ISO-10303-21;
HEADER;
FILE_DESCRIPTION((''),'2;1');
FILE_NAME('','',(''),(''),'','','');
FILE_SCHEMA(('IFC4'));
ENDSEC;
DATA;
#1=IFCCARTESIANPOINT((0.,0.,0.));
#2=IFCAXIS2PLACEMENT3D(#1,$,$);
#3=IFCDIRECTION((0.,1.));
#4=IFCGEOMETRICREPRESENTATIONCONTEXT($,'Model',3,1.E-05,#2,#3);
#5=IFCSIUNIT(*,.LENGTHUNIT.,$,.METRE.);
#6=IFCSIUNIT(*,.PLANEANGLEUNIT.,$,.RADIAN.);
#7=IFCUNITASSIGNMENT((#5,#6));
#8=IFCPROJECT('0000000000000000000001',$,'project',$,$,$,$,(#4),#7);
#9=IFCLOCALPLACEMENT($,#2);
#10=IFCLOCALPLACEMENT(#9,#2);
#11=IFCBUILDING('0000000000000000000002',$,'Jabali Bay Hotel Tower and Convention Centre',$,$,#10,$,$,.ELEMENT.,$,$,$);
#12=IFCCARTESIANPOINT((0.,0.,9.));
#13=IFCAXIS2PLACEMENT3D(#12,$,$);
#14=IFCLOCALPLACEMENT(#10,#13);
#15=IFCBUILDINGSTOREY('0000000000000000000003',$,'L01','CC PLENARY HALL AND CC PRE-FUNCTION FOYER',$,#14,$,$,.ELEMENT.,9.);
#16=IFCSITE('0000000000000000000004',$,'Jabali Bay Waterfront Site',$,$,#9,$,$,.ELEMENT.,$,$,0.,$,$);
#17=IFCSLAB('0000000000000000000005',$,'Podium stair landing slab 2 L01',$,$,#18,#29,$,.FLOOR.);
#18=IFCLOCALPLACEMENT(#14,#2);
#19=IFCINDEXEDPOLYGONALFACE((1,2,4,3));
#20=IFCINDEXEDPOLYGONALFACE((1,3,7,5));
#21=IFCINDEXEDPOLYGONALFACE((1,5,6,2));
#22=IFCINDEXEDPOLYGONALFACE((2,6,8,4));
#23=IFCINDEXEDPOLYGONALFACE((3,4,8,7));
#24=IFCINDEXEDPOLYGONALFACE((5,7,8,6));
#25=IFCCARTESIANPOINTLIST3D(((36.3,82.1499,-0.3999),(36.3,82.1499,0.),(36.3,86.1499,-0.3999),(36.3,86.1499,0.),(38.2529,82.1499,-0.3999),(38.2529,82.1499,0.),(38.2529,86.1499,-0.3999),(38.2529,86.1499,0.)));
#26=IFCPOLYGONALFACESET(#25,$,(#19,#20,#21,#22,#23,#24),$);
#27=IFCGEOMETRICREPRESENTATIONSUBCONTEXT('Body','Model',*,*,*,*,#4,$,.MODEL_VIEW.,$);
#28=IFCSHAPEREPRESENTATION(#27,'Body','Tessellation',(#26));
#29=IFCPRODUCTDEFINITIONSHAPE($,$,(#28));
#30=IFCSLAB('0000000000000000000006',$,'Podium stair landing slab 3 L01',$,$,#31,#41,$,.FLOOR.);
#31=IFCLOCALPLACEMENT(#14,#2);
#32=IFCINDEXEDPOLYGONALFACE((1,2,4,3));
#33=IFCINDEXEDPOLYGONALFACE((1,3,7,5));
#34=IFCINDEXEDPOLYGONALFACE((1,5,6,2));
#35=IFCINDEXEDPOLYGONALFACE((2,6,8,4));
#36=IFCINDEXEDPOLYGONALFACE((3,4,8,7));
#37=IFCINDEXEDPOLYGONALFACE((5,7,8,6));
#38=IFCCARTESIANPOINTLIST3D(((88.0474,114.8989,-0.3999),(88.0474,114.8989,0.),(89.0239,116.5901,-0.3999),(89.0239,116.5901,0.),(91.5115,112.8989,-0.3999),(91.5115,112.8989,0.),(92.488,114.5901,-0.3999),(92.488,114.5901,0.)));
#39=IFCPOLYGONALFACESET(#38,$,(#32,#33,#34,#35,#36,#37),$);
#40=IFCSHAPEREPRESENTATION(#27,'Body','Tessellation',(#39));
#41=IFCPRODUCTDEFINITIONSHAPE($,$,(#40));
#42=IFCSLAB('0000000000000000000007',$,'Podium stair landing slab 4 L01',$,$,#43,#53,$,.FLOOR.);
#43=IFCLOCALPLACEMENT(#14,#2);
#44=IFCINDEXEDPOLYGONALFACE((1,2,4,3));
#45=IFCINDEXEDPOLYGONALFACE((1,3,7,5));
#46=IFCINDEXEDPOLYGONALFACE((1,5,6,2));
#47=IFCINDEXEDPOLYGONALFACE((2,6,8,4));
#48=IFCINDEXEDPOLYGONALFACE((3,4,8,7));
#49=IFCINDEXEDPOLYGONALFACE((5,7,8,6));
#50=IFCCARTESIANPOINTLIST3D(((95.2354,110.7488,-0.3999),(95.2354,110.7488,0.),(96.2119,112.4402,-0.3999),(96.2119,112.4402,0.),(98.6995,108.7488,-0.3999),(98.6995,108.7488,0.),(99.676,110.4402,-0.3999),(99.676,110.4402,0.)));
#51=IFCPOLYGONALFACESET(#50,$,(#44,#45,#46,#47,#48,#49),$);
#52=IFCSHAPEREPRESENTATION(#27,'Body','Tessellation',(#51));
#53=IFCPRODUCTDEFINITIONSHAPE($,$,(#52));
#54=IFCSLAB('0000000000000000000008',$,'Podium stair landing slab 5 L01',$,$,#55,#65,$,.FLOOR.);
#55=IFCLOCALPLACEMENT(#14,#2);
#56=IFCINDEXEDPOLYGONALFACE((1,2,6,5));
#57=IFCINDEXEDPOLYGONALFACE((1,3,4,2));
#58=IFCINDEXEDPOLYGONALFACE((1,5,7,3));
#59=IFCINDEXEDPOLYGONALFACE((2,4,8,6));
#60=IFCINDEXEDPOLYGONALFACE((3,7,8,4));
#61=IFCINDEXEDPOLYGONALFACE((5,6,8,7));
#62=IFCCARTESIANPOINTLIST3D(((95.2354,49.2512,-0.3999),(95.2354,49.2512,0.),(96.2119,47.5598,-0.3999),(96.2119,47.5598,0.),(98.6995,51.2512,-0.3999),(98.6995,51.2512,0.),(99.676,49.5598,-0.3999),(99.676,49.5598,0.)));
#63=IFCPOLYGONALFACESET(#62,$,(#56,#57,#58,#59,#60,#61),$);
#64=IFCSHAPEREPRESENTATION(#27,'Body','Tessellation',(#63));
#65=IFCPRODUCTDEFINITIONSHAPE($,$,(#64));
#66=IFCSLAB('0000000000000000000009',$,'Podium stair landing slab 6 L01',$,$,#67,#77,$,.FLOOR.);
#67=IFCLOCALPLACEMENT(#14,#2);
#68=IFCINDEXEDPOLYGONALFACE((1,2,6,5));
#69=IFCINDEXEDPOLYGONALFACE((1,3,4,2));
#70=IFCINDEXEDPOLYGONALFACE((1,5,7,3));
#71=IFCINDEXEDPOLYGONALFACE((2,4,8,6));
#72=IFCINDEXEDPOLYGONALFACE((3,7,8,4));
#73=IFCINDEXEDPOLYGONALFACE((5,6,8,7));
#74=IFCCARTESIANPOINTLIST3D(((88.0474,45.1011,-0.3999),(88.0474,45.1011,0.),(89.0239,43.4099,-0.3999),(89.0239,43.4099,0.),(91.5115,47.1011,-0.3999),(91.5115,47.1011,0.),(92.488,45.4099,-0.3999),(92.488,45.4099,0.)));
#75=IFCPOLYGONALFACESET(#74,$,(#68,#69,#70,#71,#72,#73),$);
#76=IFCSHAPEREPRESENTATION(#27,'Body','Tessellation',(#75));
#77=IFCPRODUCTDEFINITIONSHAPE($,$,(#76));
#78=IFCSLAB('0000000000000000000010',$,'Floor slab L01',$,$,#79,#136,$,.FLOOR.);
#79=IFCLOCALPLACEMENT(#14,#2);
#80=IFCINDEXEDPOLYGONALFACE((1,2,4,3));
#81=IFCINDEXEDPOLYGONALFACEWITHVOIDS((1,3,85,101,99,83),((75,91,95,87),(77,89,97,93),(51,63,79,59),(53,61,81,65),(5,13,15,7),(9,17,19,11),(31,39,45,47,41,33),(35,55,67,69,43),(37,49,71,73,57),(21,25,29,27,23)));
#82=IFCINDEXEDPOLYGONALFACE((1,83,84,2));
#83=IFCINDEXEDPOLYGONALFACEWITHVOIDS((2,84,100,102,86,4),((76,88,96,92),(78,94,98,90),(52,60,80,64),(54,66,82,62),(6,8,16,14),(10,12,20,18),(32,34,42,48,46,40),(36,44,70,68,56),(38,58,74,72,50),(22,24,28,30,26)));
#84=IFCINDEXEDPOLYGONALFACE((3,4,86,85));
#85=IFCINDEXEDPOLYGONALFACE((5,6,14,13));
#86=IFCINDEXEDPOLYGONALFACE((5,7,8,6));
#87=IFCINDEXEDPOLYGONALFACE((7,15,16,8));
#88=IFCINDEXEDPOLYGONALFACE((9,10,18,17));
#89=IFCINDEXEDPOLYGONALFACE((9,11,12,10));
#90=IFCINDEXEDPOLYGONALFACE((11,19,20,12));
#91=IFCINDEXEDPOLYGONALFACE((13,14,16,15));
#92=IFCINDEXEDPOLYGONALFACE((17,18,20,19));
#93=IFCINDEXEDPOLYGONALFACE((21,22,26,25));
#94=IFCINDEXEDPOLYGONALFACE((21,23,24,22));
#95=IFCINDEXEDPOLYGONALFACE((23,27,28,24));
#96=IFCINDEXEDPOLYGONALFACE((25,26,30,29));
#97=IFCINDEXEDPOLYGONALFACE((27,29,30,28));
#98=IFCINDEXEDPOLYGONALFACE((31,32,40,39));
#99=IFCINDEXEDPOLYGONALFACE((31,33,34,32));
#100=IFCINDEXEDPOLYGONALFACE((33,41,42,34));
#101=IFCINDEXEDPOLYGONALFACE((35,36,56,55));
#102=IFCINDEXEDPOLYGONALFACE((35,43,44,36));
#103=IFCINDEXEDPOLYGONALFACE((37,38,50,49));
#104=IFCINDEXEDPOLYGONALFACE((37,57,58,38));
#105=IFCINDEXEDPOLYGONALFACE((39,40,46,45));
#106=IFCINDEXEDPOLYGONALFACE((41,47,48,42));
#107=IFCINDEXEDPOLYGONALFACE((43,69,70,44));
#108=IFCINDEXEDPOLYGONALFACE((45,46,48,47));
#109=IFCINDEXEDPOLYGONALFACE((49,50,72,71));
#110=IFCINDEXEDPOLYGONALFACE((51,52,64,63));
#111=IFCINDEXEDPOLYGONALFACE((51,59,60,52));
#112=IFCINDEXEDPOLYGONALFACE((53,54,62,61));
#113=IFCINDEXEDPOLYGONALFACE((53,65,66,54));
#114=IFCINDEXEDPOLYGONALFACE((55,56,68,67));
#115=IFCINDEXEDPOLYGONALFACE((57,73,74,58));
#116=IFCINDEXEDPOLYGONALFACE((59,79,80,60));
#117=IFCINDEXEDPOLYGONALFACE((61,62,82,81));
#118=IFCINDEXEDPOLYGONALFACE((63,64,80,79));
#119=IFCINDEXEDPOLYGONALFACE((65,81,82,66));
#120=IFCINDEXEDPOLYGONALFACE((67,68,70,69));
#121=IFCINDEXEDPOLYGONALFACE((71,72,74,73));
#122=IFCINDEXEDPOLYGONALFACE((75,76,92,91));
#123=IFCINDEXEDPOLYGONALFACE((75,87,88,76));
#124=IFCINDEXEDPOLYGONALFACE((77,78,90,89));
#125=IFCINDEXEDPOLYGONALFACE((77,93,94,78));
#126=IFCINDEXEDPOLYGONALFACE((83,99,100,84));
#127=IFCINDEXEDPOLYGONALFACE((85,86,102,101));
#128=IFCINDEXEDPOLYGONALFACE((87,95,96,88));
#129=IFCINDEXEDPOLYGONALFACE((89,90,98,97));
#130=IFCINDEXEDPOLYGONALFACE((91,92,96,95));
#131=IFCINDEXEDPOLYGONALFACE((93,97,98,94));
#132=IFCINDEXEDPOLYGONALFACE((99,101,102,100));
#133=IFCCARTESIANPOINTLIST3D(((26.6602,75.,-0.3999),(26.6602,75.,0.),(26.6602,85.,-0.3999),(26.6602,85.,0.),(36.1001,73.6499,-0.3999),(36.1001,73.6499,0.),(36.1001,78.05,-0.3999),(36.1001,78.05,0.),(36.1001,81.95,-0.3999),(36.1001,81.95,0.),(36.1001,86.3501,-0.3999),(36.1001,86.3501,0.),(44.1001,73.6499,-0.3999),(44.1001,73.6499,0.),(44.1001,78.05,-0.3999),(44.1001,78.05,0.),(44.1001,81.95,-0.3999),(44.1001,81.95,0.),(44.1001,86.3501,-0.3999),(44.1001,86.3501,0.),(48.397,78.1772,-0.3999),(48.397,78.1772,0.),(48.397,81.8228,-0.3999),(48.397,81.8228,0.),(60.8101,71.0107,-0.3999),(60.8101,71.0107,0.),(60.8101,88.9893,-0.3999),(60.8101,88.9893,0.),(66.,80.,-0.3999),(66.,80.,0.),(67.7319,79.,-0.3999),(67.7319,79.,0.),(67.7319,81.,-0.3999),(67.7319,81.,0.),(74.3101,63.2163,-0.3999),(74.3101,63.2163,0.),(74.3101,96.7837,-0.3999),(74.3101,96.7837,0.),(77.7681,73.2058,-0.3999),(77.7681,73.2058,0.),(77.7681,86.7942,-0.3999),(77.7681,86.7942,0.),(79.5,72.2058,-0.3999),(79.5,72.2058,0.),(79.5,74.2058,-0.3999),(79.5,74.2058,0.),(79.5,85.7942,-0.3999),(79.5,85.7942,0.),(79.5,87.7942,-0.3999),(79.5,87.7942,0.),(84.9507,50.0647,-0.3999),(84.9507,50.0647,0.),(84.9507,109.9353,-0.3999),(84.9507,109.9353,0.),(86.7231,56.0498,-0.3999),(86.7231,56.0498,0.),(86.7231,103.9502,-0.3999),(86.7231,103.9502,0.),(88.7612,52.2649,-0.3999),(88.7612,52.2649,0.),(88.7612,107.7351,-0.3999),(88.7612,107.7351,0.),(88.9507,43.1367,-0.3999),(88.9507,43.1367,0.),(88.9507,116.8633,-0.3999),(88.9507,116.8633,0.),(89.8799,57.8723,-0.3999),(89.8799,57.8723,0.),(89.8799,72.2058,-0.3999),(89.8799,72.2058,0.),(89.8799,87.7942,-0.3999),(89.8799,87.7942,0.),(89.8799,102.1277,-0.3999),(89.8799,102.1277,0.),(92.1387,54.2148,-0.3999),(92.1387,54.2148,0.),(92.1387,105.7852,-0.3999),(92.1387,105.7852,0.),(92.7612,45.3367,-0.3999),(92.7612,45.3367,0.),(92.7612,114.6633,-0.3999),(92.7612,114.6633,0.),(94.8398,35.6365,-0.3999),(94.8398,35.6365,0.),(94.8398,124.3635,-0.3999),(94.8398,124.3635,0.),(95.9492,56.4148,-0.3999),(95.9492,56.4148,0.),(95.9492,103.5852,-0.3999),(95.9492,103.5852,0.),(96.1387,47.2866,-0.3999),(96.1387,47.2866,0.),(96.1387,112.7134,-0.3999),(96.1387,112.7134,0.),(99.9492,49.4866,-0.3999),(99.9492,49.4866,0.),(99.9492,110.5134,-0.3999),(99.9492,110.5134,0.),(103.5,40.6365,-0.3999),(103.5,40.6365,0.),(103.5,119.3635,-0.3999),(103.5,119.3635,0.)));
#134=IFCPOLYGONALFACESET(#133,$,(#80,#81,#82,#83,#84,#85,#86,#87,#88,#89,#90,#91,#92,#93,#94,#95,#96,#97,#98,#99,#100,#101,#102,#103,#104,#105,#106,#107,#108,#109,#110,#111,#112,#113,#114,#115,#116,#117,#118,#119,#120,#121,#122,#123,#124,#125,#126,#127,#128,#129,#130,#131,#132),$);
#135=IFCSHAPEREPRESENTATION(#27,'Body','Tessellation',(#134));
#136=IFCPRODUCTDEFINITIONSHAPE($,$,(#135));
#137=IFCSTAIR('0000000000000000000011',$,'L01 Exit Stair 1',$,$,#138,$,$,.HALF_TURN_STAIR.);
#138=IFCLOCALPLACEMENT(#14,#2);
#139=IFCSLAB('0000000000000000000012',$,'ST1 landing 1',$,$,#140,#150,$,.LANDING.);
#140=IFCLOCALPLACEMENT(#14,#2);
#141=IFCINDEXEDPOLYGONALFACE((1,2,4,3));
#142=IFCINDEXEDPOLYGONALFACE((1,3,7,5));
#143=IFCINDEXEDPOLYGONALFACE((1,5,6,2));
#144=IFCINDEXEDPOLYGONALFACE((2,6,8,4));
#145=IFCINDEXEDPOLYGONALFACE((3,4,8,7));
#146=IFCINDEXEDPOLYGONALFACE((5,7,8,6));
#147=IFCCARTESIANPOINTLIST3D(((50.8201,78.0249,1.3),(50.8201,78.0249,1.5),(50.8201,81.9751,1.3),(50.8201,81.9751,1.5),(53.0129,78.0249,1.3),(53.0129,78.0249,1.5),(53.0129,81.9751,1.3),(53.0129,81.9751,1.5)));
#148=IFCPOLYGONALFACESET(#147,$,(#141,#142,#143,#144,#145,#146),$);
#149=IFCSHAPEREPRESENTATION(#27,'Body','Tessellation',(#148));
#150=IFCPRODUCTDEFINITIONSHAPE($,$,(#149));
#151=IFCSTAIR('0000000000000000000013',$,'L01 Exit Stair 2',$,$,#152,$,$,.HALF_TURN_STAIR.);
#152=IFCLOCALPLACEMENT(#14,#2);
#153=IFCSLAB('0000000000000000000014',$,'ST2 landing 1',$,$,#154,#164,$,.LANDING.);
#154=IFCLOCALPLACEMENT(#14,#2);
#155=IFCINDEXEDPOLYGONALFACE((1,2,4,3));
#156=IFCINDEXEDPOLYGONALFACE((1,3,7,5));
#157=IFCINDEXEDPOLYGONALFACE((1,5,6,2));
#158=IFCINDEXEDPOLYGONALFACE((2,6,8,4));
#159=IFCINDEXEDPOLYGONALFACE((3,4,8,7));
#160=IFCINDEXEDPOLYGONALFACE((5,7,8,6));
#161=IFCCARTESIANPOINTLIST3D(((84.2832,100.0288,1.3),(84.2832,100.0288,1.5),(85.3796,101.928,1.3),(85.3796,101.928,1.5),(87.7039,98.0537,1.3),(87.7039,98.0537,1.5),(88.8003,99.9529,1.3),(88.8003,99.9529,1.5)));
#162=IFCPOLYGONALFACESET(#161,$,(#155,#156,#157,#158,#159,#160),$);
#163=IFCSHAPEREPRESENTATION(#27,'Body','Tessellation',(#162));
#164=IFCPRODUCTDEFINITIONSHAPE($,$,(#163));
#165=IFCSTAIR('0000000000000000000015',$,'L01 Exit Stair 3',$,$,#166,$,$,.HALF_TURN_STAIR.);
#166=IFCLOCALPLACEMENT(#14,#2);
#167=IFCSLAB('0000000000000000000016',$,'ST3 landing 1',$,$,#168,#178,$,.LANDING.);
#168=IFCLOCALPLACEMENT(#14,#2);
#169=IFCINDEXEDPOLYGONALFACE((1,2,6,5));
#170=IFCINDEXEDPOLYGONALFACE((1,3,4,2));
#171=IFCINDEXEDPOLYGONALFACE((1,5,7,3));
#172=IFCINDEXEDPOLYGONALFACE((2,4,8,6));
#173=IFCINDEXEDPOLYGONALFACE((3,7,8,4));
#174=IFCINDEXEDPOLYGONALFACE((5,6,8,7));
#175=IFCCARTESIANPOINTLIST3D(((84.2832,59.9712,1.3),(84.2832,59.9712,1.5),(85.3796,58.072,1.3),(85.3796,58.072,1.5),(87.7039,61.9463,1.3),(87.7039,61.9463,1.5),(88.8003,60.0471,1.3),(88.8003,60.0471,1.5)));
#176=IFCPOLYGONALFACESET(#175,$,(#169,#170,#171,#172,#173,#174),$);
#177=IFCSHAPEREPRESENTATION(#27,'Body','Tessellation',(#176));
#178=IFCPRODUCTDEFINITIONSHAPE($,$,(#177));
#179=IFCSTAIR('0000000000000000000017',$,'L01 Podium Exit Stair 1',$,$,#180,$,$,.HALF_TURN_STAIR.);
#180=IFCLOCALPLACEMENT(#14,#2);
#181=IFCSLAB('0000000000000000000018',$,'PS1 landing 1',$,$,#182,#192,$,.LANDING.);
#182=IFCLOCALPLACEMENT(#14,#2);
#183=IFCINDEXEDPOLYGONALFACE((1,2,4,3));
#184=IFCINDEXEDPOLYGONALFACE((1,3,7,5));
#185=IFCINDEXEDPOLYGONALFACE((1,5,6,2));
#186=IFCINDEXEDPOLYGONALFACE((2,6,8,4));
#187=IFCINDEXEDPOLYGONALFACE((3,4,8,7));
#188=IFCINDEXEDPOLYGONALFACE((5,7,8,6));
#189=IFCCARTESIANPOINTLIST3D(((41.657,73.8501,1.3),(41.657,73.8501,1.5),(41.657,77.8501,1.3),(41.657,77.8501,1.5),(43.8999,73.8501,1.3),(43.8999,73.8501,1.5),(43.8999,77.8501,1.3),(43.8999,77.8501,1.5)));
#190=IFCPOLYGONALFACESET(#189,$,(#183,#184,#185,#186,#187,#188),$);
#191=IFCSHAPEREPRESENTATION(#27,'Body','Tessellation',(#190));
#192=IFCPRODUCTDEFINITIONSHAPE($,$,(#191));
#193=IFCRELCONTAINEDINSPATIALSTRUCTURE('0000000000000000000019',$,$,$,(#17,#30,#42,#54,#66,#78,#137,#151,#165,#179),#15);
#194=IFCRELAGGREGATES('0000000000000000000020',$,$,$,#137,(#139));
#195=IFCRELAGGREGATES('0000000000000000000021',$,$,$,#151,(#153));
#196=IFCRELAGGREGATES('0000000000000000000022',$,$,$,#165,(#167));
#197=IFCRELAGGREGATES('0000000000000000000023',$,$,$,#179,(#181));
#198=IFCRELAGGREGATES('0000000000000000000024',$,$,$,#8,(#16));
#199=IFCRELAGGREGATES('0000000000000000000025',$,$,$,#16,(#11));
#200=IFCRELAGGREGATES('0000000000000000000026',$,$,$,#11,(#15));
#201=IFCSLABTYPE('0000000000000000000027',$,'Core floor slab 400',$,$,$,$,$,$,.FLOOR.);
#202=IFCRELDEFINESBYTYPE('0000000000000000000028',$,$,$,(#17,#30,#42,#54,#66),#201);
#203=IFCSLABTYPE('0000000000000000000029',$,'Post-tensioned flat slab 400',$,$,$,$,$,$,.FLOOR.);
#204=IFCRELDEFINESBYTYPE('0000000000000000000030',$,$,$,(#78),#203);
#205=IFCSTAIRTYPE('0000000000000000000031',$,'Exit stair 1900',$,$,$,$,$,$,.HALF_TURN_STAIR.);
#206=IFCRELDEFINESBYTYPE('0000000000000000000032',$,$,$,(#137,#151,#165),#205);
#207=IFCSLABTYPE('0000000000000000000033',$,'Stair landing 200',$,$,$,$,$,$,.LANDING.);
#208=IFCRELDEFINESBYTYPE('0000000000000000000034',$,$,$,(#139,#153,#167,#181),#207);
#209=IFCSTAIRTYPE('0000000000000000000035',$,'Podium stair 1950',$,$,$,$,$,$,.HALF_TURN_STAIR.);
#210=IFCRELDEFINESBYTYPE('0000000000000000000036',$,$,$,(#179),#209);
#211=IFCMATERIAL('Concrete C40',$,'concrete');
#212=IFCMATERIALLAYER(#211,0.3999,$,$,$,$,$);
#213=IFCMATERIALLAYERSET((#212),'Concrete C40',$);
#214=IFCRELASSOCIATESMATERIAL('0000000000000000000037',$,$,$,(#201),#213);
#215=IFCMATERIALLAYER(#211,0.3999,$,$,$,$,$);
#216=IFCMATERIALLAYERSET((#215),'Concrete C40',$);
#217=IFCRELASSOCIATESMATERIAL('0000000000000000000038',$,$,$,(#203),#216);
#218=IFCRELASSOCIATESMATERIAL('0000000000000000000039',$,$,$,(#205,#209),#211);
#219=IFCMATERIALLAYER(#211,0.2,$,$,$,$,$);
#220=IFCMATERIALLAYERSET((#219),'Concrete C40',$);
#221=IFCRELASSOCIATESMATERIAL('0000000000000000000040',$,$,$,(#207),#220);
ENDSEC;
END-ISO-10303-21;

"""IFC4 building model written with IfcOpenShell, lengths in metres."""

from ifc_helpers import new_model, si_unit, direction, frame, origin, place, context, subcontext, project, spatial, polyline, outline, extrude, material, layer, layer_set, type_object, element, aggregate, save


model = new_model("IFC4")

# Units and contexts
model_context = context("Model", 3, precision=1e-05, world=origin(), true_north=direction((0.0, 1.0)))
body_context = subcontext(model_context, "Body", "Model", "MODEL_VIEW")
ifc_project = project(units=[si_unit("LENGTHUNIT", "METRE"), si_unit("PLANEANGLEUNIT", "RADIAN")], contexts=[model_context])

# Site, building, storey
site_placement = place(None, origin())
site = spatial("IfcSite", under=ifc_project, at=site_placement, Name="Jabali Bay Waterfront Site", CompositionType="ELEMENT", RefElevation=0.0)
building_placement = place(site_placement, origin())
building = spatial("IfcBuilding", under=site, at=building_placement, Name="Jabali Bay Hotel Tower and Convention Centre", CompositionType="ELEMENT")
storey_placement = place(building_placement, frame((0.0, 0.0, 9.0)))
storey = spatial("IfcBuildingStorey", under=building, at=storey_placement, Name="L01", Description="CC PLENARY HALL AND CC PRE-FUNCTION FOYER", CompositionType="ELEMENT", Elevation=9.0)

# Shared definitions
ifc_material = material(Name="Concrete C40", Category="concrete")

# Slabs
ifc_layer_1 = layer(ifc_material, 0.3999)
ifc_layer_set_1 = layer_set([ifc_layer_1], Name="Concrete C40")
slab_type_1 = type_object("IfcSlabType", Name="Core floor slab 400", PredefinedType="FLOOR", material=ifc_layer_set_1)
slab_1_placement = place(storey_placement, frame((0.0, 0.0, -0.3999)))
element("IfcSlab", 1, at=slab_1_placement, inside=storey, type_object=slab_type_1, Name="Podium stair landing slab 2 L01", PredefinedType="FLOOR", context=body_context, shape_type="SweptSolid", body=[
    extrude(outline(polyline([(36.3, 82.1499), (38.2529, 82.1499), (38.2529, 86.1499), (36.3, 86.1499), (36.3, 82.1499)])), origin(), (0.0, 0.0, 1.0), 0.3999),
])
slab_2_placement = place(storey_placement, frame((0.0, 0.0, -0.3999)))
element("IfcSlab", 2, at=slab_2_placement, inside=storey, type_object=slab_type_1, Name="Podium stair landing slab 3 L01", PredefinedType="FLOOR", context=body_context, shape_type="SweptSolid", body=[
    extrude(outline(polyline([(89.0239, 116.5901), (88.0474, 114.8989), (91.5115, 112.8989), (92.488, 114.5901), (89.0239, 116.5901)])), origin(), (0.0, 0.0, 1.0), 0.3999),
])
slab_3_placement = place(storey_placement, frame((0.0, 0.0, -0.3999)))
element("IfcSlab", 3, at=slab_3_placement, inside=storey, type_object=slab_type_1, Name="Podium stair landing slab 4 L01", PredefinedType="FLOOR", context=body_context, shape_type="SweptSolid", body=[
    extrude(outline(polyline([(96.2119, 112.4402), (95.2354, 110.7488), (98.6995, 108.7488), (99.676, 110.4402), (96.2119, 112.4402)])), origin(), (0.0, 0.0, 1.0), 0.3999),
])
slab_4_placement = place(storey_placement, frame((0.0, 0.0, -0.3999)))
element("IfcSlab", 4, at=slab_4_placement, inside=storey, type_object=slab_type_1, Name="Podium stair landing slab 5 L01", PredefinedType="FLOOR", context=body_context, shape_type="SweptSolid", body=[
    extrude(outline(polyline([(99.676, 49.5598), (98.6995, 51.2512), (95.2354, 49.2512), (96.2119, 47.5598), (99.676, 49.5598)])), origin(), (0.0, 0.0, 1.0), 0.3999),
])
slab_5_placement = place(storey_placement, frame((0.0, 0.0, -0.3999)))
element("IfcSlab", 5, at=slab_5_placement, inside=storey, type_object=slab_type_1, Name="Podium stair landing slab 6 L01", PredefinedType="FLOOR", context=body_context, shape_type="SweptSolid", body=[
    extrude(outline(polyline([(92.488, 45.4099), (91.5115, 47.1011), (88.0474, 45.1011), (89.0239, 43.4099), (92.488, 45.4099)])), origin(), (0.0, 0.0, 1.0), 0.3999),
])
ifc_layer_2 = layer(ifc_material, 0.3999)
ifc_layer_set_2 = layer_set([ifc_layer_2], Name="Concrete C40")
slab_type_2 = type_object("IfcSlabType", Name="Post-tensioned flat slab 400", PredefinedType="FLOOR", material=ifc_layer_set_2)
slab_6_placement = place(storey_placement, frame((0.0, 0.0, -0.3999)))
element("IfcSlab", 6, at=slab_6_placement, inside=storey, type_object=slab_type_2, Name="Floor slab L01", PredefinedType="FLOOR", context=body_context, shape_type="SweptSolid", body=[
    extrude(outline(polyline([(94.8398, 124.3635), (103.5, 119.3635), (103.5, 40.6365), (94.8398, 35.6365), (26.6602, 75.0), (26.6602, 85.0), (94.8398, 124.3635)]), holes=[polyline([(67.7319, 79.0), (77.7681, 73.2058), (79.5, 74.2058), (79.5, 85.7942), (77.7681, 86.7942), (67.7319, 81.0), (67.7319, 79.0)]), polyline([(60.8101, 71.0107), (66.0, 80.0), (60.8101, 88.9893), (48.397, 81.8228), (48.397, 78.1772), (60.8101, 71.0107)]), polyline([(86.7231, 103.9502), (74.3101, 96.7837), (79.5, 87.7942), (89.8799, 87.7942), (89.8799, 102.1277), (86.7231, 103.9502)]), polyline([(86.7231, 56.0498), (89.8799, 57.8723), (89.8799, 72.2058), (79.5, 72.2058), (74.3101, 63.2163), (86.7231, 56.0498)]), polyline([(44.1001, 73.6499), (44.1001, 78.05), (36.1001, 78.05), (36.1001, 73.6499), (44.1001, 73.6499)]), polyline([(36.1001, 81.95), (44.1001, 81.95), (44.1001, 86.3501), (36.1001, 86.3501), (36.1001, 81.95)]), polyline([(92.7612, 114.6633), (88.9507, 116.8633), (84.9507, 109.9353), (88.7612, 107.7351), (92.7612, 114.6633)]), polyline([(95.9492, 103.5852), (99.9492, 110.5134), (96.1387, 112.7134), (92.1387, 105.7852), (95.9492, 103.5852)]), polyline([(95.9492, 56.4148), (92.1387, 54.2148), (96.1387, 47.2866), (99.9492, 49.4866), (95.9492, 56.4148)]), polyline([(92.7612, 45.3367), (88.7612, 52.2649), (84.9507, 50.0647), (88.9507, 43.1367), (92.7612, 45.3367)])]), origin(), (0.0, 0.0, 1.0), 0.3999),
])

# Stairs, slabs
stair_type_1 = type_object("IfcStairType", Name="Exit stair 1900", PredefinedType="HALF_TURN_STAIR", material=ifc_material)
stair_1_placement = place(storey_placement, origin())
stair_1 = element("IfcStair", 7, at=stair_1_placement, inside=storey, type_object=stair_type_1, Name="L01 Exit Stair 1", PredefinedType="HALF_TURN_STAIR")
ifc_layer_3 = layer(ifc_material, 0.2)
ifc_layer_set_3 = layer_set([ifc_layer_3], Name="Concrete C40")
slab_type_3 = type_object("IfcSlabType", Name="Stair landing 200", PredefinedType="LANDING", material=ifc_layer_set_3)
slab_7_placement = place(storey_placement, frame((0.0, 0.0, 1.3)))
slab_7 = element("IfcSlab", 8, at=slab_7_placement, type_object=slab_type_3, Name="ST1 landing 1", PredefinedType="LANDING", context=body_context, shape_type="SweptSolid", body=[
    extrude(outline(polyline([(53.0129, 81.9751), (50.8201, 81.9751), (50.8201, 78.0249), (53.0129, 78.0249), (53.0129, 81.9751)])), origin(), (0.0, 0.0, 1.0), 0.2),
])
aggregate(stair_1, [slab_7])
stair_2_placement = place(storey_placement, origin())
stair_2 = element("IfcStair", 9, at=stair_2_placement, inside=storey, type_object=stair_type_1, Name="L01 Exit Stair 2", PredefinedType="HALF_TURN_STAIR")
slab_8_placement = place(storey_placement, frame((0.0, 0.0, 1.3)))
slab_8 = element("IfcSlab", 10, at=slab_8_placement, type_object=slab_type_3, Name="ST2 landing 1", PredefinedType="LANDING", context=body_context, shape_type="SweptSolid", body=[
    extrude(outline(polyline([(87.7039, 98.0537), (88.8003, 99.9529), (85.3796, 101.928), (84.2832, 100.0288), (87.7039, 98.0537)])), origin(), (0.0, 0.0, 1.0), 0.2),
])
aggregate(stair_2, [slab_8])
stair_3_placement = place(storey_placement, origin())
stair_3 = element("IfcStair", 11, at=stair_3_placement, inside=storey, type_object=stair_type_1, Name="L01 Exit Stair 3", PredefinedType="HALF_TURN_STAIR")
slab_9_placement = place(storey_placement, frame((0.0, 0.0, 1.3)))
slab_9 = element("IfcSlab", 12, at=slab_9_placement, type_object=slab_type_3, Name="ST3 landing 1", PredefinedType="LANDING", context=body_context, shape_type="SweptSolid", body=[
    extrude(outline(polyline([(84.2832, 59.9712), (85.3796, 58.072), (88.8003, 60.0471), (87.7039, 61.9463), (84.2832, 59.9712)])), origin(), (0.0, 0.0, 1.0), 0.2),
])
aggregate(stair_3, [slab_9])
stair_type_2 = type_object("IfcStairType", Name="Podium stair 1950", PredefinedType="HALF_TURN_STAIR", material=ifc_material)
stair_4_placement = place(storey_placement, origin())
stair_4 = element("IfcStair", 13, at=stair_4_placement, inside=storey, type_object=stair_type_2, Name="L01 Podium Exit Stair 1", PredefinedType="HALF_TURN_STAIR")
slab_10_placement = place(storey_placement, frame((0.0, 0.0, 1.3)))
slab_10 = element("IfcSlab", 14, at=slab_10_placement, type_object=slab_type_3, Name="PS1 landing 1", PredefinedType="LANDING", context=body_context, shape_type="SweptSolid", body=[
    extrude(outline(polyline([(41.657, 73.8501), (43.8999, 73.8501), (43.8999, 77.8501), (41.657, 77.8501), (41.657, 73.8501)])), origin(), (0.0, 0.0, 1.0), 0.2),
])
aggregate(stair_4, [slab_10])

save(model, "model.ifc")
